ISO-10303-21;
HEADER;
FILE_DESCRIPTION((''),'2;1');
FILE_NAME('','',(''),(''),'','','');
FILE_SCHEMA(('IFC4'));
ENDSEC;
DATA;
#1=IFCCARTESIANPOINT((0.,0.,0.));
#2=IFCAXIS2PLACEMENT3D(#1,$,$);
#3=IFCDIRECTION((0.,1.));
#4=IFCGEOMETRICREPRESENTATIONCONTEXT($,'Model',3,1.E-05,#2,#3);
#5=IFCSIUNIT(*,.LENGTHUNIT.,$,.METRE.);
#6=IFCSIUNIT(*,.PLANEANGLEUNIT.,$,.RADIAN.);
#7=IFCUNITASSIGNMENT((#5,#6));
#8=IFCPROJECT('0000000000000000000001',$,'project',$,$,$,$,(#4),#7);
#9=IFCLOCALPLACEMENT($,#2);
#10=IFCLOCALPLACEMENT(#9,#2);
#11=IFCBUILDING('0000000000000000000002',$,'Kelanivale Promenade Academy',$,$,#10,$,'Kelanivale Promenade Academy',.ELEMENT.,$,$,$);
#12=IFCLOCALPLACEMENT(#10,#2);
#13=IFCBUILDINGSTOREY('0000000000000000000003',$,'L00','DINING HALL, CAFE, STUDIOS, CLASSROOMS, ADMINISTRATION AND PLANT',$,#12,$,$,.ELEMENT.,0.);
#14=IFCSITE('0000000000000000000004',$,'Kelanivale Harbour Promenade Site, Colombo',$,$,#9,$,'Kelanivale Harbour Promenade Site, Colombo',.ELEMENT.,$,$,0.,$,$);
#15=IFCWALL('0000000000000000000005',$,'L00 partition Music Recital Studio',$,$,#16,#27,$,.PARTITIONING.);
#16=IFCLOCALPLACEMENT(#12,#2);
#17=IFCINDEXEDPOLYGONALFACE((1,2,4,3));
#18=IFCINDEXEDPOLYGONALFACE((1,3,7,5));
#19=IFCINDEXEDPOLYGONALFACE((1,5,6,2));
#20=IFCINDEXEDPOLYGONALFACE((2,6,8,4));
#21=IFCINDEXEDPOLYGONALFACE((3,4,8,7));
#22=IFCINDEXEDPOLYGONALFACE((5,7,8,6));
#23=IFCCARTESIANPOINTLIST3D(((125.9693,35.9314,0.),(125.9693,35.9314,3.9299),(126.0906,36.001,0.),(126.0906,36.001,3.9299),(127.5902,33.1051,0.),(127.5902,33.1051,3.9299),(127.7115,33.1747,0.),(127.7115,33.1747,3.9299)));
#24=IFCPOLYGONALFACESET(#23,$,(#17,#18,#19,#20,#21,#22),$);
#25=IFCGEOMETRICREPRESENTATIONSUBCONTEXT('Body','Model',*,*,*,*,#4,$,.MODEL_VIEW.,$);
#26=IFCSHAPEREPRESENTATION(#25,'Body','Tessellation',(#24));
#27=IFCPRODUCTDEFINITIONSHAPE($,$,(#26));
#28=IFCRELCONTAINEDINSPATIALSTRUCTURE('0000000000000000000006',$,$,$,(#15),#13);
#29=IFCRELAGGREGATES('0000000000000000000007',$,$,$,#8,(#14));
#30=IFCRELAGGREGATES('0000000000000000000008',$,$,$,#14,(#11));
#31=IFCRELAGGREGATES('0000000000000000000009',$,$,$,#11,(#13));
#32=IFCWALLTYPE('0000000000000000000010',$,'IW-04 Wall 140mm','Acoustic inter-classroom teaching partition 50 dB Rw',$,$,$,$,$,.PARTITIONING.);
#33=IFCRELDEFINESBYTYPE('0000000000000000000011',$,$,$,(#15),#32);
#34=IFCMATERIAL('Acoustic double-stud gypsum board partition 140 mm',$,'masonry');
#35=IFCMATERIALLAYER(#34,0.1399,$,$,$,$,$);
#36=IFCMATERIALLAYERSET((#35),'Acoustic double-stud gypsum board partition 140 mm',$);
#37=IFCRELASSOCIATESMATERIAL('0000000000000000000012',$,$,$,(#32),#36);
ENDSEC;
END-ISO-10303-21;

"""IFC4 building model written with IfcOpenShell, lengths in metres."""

from ifc_helpers import new_model, si_unit, direction, frame, frame_2d, origin, place, context, subcontext, project, spatial, rectangle, extrude, material, layer, layer_set, type_object, element, save


model = new_model("IFC4")

# Units and contexts
model_context = context("Model", 3, precision=1e-05, world=origin(), true_north=direction((0.0, 1.0)))
body_context = subcontext(model_context, "Body", "Model", "MODEL_VIEW")
ifc_project = project(units=[si_unit("LENGTHUNIT", "METRE"), si_unit("PLANEANGLEUNIT", "RADIAN")], contexts=[model_context])

# Site, building, storey
site_placement = place(None, origin())
site = spatial("IfcSite", under=ifc_project, at=site_placement, Name="Kelanivale Harbour Promenade Site, Colombo", LongName="Kelanivale Harbour Promenade Site, Colombo", CompositionType="ELEMENT", RefElevation=0.0)
building_placement = place(site_placement, origin())
building = spatial("IfcBuilding", under=site, at=building_placement, Name="Kelanivale Promenade Academy", LongName="Kelanivale Promenade Academy", CompositionType="ELEMENT")
storey_placement = place(building_placement, origin())
storey = spatial("IfcBuildingStorey", under=building, at=storey_placement, Name="L00", Description="DINING HALL, CAFE, STUDIOS, CLASSROOMS, ADMINISTRATION AND PLANT", CompositionType="ELEMENT", Elevation=0.0)

# Wall
ifc_material_1 = material(Name="Acoustic double-stud gypsum board partition 140 mm", Category="masonry")
ifc_layer_1 = layer(ifc_material_1, 0.1399)
ifc_layer_set_1 = layer_set([ifc_layer_1], Name="Acoustic double-stud gypsum board partition 140 mm")
wall_type_1 = type_object("IfcWallType", Name="IW-04 Wall 140mm", Description="Acoustic inter-classroom teaching partition 50 dB Rw", PredefinedType="PARTITIONING", material=ifc_layer_set_1)
wall_1_placement = place(storey_placement, frame((126.03, 35.9661, 0.0), z_axis=(0.0, 0.0, 1.0), x_axis=(0.497502, -0.867463, 0.0)))
element("IfcWall", 1, at=wall_1_placement, inside=storey, type_object=wall_type_1, Name="L00 partition Music Recital Studio", PredefinedType="PARTITIONING", context=body_context, shape_type="SweptSolid", body=[
    extrude(rectangle(XDim=3.2581, YDim=0.1399, at=frame_2d((1.6289, 0.0))), origin(), (0.0, 0.0, 1.0), 3.9299),
])

save(model, "model.ifc")
